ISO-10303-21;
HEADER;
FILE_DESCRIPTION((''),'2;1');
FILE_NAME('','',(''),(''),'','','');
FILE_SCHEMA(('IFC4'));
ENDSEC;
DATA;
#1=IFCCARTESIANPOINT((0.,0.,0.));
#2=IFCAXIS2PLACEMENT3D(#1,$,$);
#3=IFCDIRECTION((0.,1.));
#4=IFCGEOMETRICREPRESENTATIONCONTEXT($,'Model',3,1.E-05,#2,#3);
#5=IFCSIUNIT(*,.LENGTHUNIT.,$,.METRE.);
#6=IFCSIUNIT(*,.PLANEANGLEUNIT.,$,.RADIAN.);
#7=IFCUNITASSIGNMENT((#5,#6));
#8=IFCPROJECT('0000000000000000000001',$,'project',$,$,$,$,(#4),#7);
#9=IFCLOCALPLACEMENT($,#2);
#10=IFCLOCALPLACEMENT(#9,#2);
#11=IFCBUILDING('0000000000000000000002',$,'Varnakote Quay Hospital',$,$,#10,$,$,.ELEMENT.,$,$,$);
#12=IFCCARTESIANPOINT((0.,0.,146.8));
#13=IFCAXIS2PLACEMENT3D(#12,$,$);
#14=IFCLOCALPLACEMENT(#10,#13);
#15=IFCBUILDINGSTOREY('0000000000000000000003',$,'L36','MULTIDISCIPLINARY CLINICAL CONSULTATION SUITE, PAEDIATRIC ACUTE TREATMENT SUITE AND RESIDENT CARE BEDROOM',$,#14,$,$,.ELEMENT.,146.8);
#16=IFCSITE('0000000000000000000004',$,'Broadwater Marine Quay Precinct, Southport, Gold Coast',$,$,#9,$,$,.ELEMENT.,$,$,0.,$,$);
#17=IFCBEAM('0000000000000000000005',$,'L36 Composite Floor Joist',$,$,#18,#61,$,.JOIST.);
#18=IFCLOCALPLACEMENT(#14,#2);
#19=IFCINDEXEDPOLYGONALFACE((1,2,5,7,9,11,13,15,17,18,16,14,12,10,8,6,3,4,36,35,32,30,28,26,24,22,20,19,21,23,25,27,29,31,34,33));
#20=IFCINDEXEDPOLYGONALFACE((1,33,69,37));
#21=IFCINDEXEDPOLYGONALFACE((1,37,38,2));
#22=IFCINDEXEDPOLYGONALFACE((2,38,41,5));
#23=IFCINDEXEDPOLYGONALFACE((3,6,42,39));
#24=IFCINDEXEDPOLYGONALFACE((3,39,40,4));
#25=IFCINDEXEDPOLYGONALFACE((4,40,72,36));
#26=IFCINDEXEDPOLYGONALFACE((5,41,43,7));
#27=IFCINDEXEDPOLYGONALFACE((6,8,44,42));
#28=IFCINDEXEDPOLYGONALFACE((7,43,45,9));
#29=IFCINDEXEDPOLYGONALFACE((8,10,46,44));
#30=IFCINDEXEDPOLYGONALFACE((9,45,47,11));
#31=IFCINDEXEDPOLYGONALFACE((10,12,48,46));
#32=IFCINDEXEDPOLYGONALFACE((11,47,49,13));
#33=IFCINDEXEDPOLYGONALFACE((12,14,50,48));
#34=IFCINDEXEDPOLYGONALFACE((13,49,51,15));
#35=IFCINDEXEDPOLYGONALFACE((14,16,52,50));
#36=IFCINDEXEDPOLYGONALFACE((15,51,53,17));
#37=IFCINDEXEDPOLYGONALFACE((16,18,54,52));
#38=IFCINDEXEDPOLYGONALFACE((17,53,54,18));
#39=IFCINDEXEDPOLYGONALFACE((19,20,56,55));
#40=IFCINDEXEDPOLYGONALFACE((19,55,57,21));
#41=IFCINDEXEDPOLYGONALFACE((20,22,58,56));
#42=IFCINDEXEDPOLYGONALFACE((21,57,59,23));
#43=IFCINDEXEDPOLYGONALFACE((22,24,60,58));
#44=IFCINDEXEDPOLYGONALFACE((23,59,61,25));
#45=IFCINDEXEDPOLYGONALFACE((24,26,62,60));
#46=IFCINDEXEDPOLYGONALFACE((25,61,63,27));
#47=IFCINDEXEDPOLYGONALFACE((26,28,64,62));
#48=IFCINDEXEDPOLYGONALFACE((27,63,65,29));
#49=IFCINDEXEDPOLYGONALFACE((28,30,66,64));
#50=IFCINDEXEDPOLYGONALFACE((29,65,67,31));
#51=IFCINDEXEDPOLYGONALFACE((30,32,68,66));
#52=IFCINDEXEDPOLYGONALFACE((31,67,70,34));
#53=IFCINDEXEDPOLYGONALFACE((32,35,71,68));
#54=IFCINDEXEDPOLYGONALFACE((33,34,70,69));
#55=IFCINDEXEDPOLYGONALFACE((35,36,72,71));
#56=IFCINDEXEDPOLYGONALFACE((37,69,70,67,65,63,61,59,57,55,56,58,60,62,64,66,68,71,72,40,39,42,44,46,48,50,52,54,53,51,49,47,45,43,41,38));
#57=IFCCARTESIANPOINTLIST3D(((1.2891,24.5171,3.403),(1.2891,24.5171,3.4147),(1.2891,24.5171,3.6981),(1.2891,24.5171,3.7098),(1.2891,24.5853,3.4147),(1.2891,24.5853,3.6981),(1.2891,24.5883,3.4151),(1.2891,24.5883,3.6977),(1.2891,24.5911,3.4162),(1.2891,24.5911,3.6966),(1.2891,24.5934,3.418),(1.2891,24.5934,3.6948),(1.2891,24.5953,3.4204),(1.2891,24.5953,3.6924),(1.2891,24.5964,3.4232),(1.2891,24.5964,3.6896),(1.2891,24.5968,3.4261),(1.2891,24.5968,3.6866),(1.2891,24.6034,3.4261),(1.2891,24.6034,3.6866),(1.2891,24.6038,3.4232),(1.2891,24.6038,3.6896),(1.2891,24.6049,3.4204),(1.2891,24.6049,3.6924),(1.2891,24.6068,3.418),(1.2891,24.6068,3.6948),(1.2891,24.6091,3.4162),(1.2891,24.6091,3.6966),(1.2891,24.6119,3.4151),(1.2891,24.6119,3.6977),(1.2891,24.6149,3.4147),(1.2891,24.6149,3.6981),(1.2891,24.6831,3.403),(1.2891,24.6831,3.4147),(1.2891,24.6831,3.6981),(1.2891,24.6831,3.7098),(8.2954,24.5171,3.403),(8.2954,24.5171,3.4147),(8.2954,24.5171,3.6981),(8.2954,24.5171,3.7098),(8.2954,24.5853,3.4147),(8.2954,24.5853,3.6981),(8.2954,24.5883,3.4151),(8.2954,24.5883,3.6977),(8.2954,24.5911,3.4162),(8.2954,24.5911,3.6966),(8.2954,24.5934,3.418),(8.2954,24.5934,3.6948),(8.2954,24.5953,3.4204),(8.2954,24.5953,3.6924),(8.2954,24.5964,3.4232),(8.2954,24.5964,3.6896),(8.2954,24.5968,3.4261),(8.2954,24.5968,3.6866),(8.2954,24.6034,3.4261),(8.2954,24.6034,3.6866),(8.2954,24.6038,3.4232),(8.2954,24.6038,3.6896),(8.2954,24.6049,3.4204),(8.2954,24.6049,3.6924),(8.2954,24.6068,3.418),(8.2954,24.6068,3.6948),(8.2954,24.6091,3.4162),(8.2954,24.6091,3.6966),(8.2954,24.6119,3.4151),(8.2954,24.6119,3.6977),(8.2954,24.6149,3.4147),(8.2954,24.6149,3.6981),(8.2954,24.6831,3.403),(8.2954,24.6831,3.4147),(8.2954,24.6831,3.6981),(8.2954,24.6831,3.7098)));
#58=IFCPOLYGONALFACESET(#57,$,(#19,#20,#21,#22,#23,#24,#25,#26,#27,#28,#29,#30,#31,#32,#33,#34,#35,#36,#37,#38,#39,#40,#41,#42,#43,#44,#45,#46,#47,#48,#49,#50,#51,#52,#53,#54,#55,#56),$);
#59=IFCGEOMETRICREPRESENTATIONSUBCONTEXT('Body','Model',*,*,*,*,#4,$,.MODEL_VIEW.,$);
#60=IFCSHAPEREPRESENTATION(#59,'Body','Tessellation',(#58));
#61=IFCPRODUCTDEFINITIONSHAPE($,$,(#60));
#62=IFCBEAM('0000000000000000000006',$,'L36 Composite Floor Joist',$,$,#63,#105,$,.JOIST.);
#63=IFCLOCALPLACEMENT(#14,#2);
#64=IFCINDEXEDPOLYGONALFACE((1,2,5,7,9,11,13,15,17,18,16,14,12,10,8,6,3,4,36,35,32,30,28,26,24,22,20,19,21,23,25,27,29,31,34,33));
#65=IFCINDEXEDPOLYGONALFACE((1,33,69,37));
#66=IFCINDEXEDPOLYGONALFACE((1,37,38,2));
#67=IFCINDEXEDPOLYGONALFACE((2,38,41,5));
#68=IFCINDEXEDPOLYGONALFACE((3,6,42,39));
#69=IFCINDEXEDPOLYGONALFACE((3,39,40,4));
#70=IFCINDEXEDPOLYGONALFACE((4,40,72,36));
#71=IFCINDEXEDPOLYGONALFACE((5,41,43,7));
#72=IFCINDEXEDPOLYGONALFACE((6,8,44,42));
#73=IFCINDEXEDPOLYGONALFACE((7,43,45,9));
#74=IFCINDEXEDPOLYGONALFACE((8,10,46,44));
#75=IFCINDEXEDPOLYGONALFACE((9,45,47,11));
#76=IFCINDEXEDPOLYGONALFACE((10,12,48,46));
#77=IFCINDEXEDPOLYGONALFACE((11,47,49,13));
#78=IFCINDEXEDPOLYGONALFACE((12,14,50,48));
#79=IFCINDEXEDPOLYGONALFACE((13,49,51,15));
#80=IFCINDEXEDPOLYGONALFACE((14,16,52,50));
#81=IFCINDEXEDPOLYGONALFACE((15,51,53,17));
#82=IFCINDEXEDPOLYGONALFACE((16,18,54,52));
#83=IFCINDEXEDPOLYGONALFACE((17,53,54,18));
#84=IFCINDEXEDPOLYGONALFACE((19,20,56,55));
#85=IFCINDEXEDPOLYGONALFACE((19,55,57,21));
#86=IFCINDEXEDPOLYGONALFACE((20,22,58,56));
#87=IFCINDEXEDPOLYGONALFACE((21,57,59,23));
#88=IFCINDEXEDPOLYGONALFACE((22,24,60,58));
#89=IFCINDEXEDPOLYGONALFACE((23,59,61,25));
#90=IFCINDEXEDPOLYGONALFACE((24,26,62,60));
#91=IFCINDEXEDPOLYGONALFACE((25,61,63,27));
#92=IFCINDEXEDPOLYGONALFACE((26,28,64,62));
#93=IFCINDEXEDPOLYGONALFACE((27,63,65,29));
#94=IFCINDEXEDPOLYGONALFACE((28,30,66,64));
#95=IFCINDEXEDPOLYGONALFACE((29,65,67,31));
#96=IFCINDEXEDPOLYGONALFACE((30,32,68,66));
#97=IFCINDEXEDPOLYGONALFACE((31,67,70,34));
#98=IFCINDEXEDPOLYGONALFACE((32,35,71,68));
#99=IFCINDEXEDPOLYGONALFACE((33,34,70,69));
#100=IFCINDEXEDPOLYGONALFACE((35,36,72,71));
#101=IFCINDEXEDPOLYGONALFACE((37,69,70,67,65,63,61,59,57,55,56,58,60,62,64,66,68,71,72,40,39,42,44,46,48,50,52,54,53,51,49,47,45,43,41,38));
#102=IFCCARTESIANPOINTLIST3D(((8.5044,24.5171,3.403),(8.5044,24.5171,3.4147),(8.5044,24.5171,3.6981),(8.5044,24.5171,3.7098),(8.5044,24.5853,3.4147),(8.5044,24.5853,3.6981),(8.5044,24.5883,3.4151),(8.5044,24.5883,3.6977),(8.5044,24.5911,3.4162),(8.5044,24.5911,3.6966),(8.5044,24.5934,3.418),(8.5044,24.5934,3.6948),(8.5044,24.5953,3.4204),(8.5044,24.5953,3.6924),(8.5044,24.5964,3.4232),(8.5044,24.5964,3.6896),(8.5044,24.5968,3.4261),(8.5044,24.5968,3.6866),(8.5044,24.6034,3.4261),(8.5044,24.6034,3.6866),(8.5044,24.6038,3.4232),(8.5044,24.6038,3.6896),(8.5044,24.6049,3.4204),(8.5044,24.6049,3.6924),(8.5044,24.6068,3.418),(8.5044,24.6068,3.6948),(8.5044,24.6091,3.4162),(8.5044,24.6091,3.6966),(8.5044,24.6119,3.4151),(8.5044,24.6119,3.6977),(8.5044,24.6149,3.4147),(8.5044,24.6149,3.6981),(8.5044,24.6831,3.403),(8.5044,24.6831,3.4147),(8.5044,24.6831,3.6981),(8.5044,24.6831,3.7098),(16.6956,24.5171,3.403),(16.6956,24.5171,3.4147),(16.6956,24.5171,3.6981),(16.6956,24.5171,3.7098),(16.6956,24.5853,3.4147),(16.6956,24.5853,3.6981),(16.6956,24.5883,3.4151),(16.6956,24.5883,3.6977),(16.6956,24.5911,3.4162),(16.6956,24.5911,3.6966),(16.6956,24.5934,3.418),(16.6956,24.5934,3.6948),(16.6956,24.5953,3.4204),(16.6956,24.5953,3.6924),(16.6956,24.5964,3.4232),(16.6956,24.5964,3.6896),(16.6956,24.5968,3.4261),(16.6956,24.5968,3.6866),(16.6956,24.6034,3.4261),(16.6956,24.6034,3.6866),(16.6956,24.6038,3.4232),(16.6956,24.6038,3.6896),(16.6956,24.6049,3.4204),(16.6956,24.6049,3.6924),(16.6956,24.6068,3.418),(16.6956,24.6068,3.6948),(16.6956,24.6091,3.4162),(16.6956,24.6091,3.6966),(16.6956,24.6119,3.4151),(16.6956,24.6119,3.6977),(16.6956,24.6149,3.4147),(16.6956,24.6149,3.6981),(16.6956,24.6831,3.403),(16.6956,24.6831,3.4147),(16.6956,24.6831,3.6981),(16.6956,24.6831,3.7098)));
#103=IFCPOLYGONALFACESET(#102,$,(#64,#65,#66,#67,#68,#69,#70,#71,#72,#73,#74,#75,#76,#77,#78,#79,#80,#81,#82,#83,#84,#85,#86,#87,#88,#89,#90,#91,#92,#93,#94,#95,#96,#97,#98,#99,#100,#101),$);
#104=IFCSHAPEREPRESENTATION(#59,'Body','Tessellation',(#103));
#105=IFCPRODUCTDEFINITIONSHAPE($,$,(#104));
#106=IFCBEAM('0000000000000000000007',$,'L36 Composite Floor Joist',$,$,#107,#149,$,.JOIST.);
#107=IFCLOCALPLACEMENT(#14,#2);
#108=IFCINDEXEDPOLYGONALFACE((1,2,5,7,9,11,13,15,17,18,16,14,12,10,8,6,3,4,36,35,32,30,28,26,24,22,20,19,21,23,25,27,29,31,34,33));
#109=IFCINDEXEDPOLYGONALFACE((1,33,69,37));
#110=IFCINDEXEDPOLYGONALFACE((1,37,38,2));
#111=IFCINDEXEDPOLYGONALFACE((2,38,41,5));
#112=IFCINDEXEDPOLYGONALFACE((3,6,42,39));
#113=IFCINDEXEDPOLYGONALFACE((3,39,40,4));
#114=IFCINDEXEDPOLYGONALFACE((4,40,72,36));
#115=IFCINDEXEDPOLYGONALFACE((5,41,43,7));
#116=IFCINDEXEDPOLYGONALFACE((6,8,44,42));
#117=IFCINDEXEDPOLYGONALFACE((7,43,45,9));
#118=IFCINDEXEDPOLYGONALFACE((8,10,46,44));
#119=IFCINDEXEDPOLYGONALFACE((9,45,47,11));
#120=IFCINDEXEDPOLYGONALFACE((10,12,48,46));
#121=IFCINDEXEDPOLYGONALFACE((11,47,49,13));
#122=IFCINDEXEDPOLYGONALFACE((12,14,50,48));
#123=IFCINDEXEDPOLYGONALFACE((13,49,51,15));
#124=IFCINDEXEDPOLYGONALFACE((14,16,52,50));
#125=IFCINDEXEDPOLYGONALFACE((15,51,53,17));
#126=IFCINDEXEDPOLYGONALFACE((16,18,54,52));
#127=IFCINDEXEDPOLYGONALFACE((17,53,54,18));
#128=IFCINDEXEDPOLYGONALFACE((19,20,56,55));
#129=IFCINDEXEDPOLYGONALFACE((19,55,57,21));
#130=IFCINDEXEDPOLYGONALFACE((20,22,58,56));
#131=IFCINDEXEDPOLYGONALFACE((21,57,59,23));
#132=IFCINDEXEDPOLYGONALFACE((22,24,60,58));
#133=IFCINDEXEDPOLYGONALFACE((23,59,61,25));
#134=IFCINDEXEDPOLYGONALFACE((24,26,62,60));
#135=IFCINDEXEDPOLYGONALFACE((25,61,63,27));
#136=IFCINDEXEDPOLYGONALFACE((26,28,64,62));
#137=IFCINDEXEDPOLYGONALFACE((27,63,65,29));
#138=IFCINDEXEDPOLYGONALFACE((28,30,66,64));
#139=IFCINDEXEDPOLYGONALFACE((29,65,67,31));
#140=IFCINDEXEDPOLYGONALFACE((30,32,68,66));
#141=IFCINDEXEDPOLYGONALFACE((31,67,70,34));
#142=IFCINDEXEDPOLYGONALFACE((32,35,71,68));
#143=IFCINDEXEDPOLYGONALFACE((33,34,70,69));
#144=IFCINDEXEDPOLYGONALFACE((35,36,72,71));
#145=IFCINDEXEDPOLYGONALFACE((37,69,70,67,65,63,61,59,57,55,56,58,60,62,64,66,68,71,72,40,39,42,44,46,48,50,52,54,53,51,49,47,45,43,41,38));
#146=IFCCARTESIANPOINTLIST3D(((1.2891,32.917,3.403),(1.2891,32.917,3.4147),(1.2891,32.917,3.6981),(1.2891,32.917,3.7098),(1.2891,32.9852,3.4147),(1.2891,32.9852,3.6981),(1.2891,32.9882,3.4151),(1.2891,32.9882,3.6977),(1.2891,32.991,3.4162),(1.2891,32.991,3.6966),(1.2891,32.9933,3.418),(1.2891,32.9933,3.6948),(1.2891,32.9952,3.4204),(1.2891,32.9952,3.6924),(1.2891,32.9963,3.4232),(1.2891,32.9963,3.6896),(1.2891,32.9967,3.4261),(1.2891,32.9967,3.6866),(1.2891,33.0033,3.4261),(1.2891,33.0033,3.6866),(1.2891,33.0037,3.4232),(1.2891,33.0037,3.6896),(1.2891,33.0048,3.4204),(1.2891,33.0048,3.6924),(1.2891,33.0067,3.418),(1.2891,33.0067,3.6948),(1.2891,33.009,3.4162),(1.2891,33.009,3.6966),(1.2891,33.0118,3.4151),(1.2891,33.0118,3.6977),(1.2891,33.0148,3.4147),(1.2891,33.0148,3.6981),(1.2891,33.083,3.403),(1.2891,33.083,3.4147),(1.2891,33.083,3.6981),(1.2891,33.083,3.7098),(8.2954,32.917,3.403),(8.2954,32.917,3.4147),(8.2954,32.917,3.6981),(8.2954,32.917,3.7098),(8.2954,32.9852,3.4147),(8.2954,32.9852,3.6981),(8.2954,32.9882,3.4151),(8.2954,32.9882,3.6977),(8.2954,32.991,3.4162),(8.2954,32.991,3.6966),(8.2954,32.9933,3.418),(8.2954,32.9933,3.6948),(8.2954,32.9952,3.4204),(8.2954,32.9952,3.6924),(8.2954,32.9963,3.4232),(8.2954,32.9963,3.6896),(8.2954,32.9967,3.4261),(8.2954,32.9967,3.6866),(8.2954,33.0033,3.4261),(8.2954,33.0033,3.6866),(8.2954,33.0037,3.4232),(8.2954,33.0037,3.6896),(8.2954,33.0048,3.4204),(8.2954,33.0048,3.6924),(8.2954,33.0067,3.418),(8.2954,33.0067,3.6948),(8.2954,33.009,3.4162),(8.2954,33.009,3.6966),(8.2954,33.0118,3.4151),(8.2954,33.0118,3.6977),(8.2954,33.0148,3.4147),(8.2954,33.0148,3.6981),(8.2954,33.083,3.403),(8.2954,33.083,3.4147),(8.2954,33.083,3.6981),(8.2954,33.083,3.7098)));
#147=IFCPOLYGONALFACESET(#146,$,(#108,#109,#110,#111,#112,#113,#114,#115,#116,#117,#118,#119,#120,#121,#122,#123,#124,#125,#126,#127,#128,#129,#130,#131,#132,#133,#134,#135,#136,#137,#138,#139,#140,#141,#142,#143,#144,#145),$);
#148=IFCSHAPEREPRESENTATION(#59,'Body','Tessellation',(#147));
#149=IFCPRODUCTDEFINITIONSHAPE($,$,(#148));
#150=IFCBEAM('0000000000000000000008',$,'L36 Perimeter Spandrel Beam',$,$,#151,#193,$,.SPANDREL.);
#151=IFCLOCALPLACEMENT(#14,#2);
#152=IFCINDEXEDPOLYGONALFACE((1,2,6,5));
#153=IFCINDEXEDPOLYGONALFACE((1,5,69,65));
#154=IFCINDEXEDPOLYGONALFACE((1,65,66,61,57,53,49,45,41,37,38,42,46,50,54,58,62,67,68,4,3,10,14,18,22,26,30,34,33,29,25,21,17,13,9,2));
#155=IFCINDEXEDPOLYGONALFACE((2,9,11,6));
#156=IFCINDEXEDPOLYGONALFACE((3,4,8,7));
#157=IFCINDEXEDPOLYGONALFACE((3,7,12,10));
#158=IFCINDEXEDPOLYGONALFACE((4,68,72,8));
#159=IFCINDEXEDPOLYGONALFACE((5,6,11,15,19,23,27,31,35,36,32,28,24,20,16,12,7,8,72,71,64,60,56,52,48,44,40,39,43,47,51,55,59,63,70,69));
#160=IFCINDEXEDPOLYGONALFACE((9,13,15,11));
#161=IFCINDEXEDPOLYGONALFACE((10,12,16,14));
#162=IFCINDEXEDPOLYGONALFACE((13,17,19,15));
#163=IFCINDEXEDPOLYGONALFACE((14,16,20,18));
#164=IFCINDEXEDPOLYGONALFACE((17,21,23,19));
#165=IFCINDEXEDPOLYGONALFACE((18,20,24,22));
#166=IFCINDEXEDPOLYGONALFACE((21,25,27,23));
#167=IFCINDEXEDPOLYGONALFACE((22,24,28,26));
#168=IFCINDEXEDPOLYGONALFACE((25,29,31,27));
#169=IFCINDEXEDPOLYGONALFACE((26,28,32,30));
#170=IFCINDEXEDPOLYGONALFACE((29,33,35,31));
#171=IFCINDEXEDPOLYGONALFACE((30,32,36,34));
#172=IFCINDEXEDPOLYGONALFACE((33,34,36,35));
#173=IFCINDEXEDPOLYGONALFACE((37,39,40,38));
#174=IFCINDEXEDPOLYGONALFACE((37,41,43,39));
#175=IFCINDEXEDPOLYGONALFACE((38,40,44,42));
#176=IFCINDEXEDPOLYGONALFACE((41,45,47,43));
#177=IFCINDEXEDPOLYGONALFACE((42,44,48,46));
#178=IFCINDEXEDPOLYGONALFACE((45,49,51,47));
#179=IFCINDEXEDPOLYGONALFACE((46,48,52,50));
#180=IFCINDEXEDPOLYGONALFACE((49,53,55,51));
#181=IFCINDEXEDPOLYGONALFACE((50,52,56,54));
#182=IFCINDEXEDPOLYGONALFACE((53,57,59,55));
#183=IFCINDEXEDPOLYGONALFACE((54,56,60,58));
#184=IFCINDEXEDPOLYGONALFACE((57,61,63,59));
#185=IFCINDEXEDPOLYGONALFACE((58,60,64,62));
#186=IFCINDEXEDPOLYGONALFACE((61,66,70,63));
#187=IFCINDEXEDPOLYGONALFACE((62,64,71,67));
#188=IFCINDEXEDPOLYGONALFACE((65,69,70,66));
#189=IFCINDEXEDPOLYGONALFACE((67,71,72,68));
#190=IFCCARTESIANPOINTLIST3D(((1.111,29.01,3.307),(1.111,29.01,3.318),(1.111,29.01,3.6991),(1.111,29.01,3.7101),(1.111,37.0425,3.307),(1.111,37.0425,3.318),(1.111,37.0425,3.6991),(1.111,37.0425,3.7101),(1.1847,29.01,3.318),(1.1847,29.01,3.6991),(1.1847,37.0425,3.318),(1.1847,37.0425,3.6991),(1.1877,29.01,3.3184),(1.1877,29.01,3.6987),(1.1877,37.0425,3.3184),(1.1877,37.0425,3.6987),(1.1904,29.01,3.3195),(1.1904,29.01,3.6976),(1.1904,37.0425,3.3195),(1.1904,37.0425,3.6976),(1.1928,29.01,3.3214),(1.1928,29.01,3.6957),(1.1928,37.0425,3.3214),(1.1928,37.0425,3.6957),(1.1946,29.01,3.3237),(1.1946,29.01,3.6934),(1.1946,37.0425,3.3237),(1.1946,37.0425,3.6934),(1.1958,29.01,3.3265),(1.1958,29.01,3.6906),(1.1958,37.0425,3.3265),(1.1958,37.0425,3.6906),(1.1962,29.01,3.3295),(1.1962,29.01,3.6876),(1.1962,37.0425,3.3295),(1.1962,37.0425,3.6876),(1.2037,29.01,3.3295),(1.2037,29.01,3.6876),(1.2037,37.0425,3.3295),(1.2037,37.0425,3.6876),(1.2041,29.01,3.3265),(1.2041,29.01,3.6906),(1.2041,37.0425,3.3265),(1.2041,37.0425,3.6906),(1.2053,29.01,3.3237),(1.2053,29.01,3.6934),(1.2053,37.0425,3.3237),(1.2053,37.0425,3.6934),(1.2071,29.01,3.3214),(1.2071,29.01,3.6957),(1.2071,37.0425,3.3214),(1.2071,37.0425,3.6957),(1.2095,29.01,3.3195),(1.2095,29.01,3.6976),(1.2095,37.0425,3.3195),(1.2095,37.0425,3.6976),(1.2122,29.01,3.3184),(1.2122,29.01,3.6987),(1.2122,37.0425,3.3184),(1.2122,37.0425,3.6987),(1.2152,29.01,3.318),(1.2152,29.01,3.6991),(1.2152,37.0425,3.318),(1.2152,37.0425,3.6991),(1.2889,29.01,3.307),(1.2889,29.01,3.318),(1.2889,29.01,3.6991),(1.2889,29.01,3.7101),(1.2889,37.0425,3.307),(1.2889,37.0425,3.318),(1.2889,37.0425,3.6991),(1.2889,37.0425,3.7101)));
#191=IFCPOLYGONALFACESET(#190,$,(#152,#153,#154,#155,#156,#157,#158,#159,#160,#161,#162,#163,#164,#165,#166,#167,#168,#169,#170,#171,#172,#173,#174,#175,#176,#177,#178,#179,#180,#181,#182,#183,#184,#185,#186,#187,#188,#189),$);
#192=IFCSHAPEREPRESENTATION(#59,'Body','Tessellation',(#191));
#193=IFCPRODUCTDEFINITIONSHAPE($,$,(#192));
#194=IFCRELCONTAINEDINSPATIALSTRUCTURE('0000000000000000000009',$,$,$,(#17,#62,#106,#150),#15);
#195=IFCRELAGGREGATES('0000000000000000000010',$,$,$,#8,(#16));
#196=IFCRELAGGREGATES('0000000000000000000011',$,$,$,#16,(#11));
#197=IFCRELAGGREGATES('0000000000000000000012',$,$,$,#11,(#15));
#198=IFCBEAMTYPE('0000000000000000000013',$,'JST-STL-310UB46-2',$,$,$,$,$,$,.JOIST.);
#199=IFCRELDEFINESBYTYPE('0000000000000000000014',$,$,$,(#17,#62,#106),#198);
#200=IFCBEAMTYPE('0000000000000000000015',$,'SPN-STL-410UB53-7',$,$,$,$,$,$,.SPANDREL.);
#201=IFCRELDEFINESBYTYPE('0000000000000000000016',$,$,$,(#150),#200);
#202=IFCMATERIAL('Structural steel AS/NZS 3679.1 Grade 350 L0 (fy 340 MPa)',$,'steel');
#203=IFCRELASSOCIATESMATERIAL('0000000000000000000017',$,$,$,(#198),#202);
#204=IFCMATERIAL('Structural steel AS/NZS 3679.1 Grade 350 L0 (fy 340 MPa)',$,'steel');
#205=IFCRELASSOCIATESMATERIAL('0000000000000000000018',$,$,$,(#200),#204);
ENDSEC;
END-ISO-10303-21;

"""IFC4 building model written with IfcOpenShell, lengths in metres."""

from ifc_helpers import new_model, si_unit, direction, frame, origin, origin_2d, place, context, subcontext, project, spatial, i_section, extrude, material, material_profile, profile_set, type_object, element, save


model = new_model("IFC4")

# Units and contexts
model_context = context("Model", 3, precision=1e-05, world=origin(), true_north=direction((0.0, 1.0)))
body_context = subcontext(model_context, "Body", "Model", "MODEL_VIEW")
ifc_project = project(units=[si_unit("LENGTHUNIT", "METRE"), si_unit("PLANEANGLEUNIT", "RADIAN")], contexts=[model_context])

# Site, building, storey
site_placement = place(None, origin())
site = spatial("IfcSite", under=ifc_project, at=site_placement, Name="Broadwater Marine Quay Precinct, Southport, Gold Coast", CompositionType="ELEMENT", RefElevation=0.0)
building_placement = place(site_placement, origin())
building = spatial("IfcBuilding", under=site, at=building_placement, Name="Varnakote Quay Hospital", CompositionType="ELEMENT")
storey_placement = place(building_placement, frame((0.0, 0.0, 146.8)))
storey = spatial("IfcBuildingStorey", under=building, at=storey_placement, Name="L36", Description="MULTIDISCIPLINARY CLINICAL CONSULTATION SUITE, PAEDIATRIC ACUTE TREATMENT SUITE AND RESIDENT CARE BEDROOM", CompositionType="ELEMENT", Elevation=146.8)

# Beams
ifc_material_1 = material(Name="Structural steel AS/NZS 3679.1 Grade 350 L0 (fy 340 MPa)", Category="steel")
ifc_material_profile_1 = material_profile(ifc_material_1, i_section(OverallWidth=0.166, OverallDepth=0.3069, WebThickness=0.0066, FlangeThickness=0.0117, FilletRadius=0.0115, at=origin_2d()), Name="310UB46.2")
ifc_profile_set_1 = profile_set([ifc_material_profile_1], Name="Structural steel AS/NZS 3679.1 Grade 350 L0 (fy 340 MPa)")
beam_type_1 = type_object("IfcBeamType", Name="JST-STL-310UB46-2", PredefinedType="JOIST", material=ifc_profile_set_1)
beam_1_placement = place(storey_placement, frame((1.2891, 24.6001, 3.5564), z_axis=(1.0, 0.0, 0.0), x_axis=(0.0, 1.0, 0.0)))
element("IfcBeam", 1, at=beam_1_placement, inside=storey, type_object=beam_type_1, Name="L36 Composite Floor Joist", PredefinedType="JOIST", context=body_context, shape_type="SweptSolid", body=[
    extrude(i_section(OverallWidth=0.166, OverallDepth=0.3069, WebThickness=0.0066, FlangeThickness=0.0117, FilletRadius=0.0115, at=origin_2d()), origin(), (0.0, 0.0, 1.0), 7.0063),
])
beam_2_placement = place(storey_placement, frame((8.5044, 24.6001, 3.5564), z_axis=(1.0, 0.0, 0.0), x_axis=(0.0, 1.0, 0.0)))
element("IfcBeam", 2, at=beam_2_placement, inside=storey, type_object=beam_type_1, Name="L36 Composite Floor Joist", PredefinedType="JOIST", context=body_context, shape_type="SweptSolid", body=[
    extrude(i_section(OverallWidth=0.166, OverallDepth=0.3069, WebThickness=0.0066, FlangeThickness=0.0117, FilletRadius=0.0115, at=origin_2d()), origin(), (0.0, 0.0, 1.0), 8.1912),
])
beam_3_placement = place(storey_placement, frame((1.2891, 33.0, 3.5564), z_axis=(1.0, 0.0, 0.0), x_axis=(0.0, 1.0, 0.0)))
element("IfcBeam", 3, at=beam_3_placement, inside=storey, type_object=beam_type_1, Name="L36 Composite Floor Joist", PredefinedType="JOIST", context=body_context, shape_type="SweptSolid", body=[
    extrude(i_section(OverallWidth=0.166, OverallDepth=0.3069, WebThickness=0.0066, FlangeThickness=0.0117, FilletRadius=0.0115, at=origin_2d()), origin(), (0.0, 0.0, 1.0), 7.0063),
])
ifc_material_2 = material(Name="Structural steel AS/NZS 3679.1 Grade 350 L0 (fy 340 MPa)", Category="steel")
ifc_material_profile_2 = material_profile(ifc_material_2, i_section(OverallWidth=0.178, OverallDepth=0.4031, WebThickness=0.0076, FlangeThickness=0.011, FilletRadius=0.0115, at=origin_2d()), Name="410UB53.7")
ifc_profile_set_2 = profile_set([ifc_material_profile_2], Name="Structural steel AS/NZS 3679.1 Grade 350 L0 (fy 340 MPa)")
beam_type_2 = type_object("IfcBeamType", Name="SPN-STL-410UB53-7", PredefinedType="SPANDREL", material=ifc_profile_set_2)
beam_4_placement = place(storey_placement, frame((1.2, 29.01, 3.5085), z_axis=(0.0, 1.0, 0.0), x_axis=(-1.0, 0.0, 0.0)))
element("IfcBeam", 4, at=beam_4_placement, inside=storey, type_object=beam_type_2, Name="L36 Perimeter Spandrel Beam", PredefinedType="SPANDREL", context=body_context, shape_type="SweptSolid", body=[
    extrude(i_section(OverallWidth=0.178, OverallDepth=0.4031, WebThickness=0.0076, FlangeThickness=0.011, FilletRadius=0.0115, at=origin_2d()), origin(), (0.0, 0.0, 1.0), 8.0325),
])

save(model, "model.ifc")
